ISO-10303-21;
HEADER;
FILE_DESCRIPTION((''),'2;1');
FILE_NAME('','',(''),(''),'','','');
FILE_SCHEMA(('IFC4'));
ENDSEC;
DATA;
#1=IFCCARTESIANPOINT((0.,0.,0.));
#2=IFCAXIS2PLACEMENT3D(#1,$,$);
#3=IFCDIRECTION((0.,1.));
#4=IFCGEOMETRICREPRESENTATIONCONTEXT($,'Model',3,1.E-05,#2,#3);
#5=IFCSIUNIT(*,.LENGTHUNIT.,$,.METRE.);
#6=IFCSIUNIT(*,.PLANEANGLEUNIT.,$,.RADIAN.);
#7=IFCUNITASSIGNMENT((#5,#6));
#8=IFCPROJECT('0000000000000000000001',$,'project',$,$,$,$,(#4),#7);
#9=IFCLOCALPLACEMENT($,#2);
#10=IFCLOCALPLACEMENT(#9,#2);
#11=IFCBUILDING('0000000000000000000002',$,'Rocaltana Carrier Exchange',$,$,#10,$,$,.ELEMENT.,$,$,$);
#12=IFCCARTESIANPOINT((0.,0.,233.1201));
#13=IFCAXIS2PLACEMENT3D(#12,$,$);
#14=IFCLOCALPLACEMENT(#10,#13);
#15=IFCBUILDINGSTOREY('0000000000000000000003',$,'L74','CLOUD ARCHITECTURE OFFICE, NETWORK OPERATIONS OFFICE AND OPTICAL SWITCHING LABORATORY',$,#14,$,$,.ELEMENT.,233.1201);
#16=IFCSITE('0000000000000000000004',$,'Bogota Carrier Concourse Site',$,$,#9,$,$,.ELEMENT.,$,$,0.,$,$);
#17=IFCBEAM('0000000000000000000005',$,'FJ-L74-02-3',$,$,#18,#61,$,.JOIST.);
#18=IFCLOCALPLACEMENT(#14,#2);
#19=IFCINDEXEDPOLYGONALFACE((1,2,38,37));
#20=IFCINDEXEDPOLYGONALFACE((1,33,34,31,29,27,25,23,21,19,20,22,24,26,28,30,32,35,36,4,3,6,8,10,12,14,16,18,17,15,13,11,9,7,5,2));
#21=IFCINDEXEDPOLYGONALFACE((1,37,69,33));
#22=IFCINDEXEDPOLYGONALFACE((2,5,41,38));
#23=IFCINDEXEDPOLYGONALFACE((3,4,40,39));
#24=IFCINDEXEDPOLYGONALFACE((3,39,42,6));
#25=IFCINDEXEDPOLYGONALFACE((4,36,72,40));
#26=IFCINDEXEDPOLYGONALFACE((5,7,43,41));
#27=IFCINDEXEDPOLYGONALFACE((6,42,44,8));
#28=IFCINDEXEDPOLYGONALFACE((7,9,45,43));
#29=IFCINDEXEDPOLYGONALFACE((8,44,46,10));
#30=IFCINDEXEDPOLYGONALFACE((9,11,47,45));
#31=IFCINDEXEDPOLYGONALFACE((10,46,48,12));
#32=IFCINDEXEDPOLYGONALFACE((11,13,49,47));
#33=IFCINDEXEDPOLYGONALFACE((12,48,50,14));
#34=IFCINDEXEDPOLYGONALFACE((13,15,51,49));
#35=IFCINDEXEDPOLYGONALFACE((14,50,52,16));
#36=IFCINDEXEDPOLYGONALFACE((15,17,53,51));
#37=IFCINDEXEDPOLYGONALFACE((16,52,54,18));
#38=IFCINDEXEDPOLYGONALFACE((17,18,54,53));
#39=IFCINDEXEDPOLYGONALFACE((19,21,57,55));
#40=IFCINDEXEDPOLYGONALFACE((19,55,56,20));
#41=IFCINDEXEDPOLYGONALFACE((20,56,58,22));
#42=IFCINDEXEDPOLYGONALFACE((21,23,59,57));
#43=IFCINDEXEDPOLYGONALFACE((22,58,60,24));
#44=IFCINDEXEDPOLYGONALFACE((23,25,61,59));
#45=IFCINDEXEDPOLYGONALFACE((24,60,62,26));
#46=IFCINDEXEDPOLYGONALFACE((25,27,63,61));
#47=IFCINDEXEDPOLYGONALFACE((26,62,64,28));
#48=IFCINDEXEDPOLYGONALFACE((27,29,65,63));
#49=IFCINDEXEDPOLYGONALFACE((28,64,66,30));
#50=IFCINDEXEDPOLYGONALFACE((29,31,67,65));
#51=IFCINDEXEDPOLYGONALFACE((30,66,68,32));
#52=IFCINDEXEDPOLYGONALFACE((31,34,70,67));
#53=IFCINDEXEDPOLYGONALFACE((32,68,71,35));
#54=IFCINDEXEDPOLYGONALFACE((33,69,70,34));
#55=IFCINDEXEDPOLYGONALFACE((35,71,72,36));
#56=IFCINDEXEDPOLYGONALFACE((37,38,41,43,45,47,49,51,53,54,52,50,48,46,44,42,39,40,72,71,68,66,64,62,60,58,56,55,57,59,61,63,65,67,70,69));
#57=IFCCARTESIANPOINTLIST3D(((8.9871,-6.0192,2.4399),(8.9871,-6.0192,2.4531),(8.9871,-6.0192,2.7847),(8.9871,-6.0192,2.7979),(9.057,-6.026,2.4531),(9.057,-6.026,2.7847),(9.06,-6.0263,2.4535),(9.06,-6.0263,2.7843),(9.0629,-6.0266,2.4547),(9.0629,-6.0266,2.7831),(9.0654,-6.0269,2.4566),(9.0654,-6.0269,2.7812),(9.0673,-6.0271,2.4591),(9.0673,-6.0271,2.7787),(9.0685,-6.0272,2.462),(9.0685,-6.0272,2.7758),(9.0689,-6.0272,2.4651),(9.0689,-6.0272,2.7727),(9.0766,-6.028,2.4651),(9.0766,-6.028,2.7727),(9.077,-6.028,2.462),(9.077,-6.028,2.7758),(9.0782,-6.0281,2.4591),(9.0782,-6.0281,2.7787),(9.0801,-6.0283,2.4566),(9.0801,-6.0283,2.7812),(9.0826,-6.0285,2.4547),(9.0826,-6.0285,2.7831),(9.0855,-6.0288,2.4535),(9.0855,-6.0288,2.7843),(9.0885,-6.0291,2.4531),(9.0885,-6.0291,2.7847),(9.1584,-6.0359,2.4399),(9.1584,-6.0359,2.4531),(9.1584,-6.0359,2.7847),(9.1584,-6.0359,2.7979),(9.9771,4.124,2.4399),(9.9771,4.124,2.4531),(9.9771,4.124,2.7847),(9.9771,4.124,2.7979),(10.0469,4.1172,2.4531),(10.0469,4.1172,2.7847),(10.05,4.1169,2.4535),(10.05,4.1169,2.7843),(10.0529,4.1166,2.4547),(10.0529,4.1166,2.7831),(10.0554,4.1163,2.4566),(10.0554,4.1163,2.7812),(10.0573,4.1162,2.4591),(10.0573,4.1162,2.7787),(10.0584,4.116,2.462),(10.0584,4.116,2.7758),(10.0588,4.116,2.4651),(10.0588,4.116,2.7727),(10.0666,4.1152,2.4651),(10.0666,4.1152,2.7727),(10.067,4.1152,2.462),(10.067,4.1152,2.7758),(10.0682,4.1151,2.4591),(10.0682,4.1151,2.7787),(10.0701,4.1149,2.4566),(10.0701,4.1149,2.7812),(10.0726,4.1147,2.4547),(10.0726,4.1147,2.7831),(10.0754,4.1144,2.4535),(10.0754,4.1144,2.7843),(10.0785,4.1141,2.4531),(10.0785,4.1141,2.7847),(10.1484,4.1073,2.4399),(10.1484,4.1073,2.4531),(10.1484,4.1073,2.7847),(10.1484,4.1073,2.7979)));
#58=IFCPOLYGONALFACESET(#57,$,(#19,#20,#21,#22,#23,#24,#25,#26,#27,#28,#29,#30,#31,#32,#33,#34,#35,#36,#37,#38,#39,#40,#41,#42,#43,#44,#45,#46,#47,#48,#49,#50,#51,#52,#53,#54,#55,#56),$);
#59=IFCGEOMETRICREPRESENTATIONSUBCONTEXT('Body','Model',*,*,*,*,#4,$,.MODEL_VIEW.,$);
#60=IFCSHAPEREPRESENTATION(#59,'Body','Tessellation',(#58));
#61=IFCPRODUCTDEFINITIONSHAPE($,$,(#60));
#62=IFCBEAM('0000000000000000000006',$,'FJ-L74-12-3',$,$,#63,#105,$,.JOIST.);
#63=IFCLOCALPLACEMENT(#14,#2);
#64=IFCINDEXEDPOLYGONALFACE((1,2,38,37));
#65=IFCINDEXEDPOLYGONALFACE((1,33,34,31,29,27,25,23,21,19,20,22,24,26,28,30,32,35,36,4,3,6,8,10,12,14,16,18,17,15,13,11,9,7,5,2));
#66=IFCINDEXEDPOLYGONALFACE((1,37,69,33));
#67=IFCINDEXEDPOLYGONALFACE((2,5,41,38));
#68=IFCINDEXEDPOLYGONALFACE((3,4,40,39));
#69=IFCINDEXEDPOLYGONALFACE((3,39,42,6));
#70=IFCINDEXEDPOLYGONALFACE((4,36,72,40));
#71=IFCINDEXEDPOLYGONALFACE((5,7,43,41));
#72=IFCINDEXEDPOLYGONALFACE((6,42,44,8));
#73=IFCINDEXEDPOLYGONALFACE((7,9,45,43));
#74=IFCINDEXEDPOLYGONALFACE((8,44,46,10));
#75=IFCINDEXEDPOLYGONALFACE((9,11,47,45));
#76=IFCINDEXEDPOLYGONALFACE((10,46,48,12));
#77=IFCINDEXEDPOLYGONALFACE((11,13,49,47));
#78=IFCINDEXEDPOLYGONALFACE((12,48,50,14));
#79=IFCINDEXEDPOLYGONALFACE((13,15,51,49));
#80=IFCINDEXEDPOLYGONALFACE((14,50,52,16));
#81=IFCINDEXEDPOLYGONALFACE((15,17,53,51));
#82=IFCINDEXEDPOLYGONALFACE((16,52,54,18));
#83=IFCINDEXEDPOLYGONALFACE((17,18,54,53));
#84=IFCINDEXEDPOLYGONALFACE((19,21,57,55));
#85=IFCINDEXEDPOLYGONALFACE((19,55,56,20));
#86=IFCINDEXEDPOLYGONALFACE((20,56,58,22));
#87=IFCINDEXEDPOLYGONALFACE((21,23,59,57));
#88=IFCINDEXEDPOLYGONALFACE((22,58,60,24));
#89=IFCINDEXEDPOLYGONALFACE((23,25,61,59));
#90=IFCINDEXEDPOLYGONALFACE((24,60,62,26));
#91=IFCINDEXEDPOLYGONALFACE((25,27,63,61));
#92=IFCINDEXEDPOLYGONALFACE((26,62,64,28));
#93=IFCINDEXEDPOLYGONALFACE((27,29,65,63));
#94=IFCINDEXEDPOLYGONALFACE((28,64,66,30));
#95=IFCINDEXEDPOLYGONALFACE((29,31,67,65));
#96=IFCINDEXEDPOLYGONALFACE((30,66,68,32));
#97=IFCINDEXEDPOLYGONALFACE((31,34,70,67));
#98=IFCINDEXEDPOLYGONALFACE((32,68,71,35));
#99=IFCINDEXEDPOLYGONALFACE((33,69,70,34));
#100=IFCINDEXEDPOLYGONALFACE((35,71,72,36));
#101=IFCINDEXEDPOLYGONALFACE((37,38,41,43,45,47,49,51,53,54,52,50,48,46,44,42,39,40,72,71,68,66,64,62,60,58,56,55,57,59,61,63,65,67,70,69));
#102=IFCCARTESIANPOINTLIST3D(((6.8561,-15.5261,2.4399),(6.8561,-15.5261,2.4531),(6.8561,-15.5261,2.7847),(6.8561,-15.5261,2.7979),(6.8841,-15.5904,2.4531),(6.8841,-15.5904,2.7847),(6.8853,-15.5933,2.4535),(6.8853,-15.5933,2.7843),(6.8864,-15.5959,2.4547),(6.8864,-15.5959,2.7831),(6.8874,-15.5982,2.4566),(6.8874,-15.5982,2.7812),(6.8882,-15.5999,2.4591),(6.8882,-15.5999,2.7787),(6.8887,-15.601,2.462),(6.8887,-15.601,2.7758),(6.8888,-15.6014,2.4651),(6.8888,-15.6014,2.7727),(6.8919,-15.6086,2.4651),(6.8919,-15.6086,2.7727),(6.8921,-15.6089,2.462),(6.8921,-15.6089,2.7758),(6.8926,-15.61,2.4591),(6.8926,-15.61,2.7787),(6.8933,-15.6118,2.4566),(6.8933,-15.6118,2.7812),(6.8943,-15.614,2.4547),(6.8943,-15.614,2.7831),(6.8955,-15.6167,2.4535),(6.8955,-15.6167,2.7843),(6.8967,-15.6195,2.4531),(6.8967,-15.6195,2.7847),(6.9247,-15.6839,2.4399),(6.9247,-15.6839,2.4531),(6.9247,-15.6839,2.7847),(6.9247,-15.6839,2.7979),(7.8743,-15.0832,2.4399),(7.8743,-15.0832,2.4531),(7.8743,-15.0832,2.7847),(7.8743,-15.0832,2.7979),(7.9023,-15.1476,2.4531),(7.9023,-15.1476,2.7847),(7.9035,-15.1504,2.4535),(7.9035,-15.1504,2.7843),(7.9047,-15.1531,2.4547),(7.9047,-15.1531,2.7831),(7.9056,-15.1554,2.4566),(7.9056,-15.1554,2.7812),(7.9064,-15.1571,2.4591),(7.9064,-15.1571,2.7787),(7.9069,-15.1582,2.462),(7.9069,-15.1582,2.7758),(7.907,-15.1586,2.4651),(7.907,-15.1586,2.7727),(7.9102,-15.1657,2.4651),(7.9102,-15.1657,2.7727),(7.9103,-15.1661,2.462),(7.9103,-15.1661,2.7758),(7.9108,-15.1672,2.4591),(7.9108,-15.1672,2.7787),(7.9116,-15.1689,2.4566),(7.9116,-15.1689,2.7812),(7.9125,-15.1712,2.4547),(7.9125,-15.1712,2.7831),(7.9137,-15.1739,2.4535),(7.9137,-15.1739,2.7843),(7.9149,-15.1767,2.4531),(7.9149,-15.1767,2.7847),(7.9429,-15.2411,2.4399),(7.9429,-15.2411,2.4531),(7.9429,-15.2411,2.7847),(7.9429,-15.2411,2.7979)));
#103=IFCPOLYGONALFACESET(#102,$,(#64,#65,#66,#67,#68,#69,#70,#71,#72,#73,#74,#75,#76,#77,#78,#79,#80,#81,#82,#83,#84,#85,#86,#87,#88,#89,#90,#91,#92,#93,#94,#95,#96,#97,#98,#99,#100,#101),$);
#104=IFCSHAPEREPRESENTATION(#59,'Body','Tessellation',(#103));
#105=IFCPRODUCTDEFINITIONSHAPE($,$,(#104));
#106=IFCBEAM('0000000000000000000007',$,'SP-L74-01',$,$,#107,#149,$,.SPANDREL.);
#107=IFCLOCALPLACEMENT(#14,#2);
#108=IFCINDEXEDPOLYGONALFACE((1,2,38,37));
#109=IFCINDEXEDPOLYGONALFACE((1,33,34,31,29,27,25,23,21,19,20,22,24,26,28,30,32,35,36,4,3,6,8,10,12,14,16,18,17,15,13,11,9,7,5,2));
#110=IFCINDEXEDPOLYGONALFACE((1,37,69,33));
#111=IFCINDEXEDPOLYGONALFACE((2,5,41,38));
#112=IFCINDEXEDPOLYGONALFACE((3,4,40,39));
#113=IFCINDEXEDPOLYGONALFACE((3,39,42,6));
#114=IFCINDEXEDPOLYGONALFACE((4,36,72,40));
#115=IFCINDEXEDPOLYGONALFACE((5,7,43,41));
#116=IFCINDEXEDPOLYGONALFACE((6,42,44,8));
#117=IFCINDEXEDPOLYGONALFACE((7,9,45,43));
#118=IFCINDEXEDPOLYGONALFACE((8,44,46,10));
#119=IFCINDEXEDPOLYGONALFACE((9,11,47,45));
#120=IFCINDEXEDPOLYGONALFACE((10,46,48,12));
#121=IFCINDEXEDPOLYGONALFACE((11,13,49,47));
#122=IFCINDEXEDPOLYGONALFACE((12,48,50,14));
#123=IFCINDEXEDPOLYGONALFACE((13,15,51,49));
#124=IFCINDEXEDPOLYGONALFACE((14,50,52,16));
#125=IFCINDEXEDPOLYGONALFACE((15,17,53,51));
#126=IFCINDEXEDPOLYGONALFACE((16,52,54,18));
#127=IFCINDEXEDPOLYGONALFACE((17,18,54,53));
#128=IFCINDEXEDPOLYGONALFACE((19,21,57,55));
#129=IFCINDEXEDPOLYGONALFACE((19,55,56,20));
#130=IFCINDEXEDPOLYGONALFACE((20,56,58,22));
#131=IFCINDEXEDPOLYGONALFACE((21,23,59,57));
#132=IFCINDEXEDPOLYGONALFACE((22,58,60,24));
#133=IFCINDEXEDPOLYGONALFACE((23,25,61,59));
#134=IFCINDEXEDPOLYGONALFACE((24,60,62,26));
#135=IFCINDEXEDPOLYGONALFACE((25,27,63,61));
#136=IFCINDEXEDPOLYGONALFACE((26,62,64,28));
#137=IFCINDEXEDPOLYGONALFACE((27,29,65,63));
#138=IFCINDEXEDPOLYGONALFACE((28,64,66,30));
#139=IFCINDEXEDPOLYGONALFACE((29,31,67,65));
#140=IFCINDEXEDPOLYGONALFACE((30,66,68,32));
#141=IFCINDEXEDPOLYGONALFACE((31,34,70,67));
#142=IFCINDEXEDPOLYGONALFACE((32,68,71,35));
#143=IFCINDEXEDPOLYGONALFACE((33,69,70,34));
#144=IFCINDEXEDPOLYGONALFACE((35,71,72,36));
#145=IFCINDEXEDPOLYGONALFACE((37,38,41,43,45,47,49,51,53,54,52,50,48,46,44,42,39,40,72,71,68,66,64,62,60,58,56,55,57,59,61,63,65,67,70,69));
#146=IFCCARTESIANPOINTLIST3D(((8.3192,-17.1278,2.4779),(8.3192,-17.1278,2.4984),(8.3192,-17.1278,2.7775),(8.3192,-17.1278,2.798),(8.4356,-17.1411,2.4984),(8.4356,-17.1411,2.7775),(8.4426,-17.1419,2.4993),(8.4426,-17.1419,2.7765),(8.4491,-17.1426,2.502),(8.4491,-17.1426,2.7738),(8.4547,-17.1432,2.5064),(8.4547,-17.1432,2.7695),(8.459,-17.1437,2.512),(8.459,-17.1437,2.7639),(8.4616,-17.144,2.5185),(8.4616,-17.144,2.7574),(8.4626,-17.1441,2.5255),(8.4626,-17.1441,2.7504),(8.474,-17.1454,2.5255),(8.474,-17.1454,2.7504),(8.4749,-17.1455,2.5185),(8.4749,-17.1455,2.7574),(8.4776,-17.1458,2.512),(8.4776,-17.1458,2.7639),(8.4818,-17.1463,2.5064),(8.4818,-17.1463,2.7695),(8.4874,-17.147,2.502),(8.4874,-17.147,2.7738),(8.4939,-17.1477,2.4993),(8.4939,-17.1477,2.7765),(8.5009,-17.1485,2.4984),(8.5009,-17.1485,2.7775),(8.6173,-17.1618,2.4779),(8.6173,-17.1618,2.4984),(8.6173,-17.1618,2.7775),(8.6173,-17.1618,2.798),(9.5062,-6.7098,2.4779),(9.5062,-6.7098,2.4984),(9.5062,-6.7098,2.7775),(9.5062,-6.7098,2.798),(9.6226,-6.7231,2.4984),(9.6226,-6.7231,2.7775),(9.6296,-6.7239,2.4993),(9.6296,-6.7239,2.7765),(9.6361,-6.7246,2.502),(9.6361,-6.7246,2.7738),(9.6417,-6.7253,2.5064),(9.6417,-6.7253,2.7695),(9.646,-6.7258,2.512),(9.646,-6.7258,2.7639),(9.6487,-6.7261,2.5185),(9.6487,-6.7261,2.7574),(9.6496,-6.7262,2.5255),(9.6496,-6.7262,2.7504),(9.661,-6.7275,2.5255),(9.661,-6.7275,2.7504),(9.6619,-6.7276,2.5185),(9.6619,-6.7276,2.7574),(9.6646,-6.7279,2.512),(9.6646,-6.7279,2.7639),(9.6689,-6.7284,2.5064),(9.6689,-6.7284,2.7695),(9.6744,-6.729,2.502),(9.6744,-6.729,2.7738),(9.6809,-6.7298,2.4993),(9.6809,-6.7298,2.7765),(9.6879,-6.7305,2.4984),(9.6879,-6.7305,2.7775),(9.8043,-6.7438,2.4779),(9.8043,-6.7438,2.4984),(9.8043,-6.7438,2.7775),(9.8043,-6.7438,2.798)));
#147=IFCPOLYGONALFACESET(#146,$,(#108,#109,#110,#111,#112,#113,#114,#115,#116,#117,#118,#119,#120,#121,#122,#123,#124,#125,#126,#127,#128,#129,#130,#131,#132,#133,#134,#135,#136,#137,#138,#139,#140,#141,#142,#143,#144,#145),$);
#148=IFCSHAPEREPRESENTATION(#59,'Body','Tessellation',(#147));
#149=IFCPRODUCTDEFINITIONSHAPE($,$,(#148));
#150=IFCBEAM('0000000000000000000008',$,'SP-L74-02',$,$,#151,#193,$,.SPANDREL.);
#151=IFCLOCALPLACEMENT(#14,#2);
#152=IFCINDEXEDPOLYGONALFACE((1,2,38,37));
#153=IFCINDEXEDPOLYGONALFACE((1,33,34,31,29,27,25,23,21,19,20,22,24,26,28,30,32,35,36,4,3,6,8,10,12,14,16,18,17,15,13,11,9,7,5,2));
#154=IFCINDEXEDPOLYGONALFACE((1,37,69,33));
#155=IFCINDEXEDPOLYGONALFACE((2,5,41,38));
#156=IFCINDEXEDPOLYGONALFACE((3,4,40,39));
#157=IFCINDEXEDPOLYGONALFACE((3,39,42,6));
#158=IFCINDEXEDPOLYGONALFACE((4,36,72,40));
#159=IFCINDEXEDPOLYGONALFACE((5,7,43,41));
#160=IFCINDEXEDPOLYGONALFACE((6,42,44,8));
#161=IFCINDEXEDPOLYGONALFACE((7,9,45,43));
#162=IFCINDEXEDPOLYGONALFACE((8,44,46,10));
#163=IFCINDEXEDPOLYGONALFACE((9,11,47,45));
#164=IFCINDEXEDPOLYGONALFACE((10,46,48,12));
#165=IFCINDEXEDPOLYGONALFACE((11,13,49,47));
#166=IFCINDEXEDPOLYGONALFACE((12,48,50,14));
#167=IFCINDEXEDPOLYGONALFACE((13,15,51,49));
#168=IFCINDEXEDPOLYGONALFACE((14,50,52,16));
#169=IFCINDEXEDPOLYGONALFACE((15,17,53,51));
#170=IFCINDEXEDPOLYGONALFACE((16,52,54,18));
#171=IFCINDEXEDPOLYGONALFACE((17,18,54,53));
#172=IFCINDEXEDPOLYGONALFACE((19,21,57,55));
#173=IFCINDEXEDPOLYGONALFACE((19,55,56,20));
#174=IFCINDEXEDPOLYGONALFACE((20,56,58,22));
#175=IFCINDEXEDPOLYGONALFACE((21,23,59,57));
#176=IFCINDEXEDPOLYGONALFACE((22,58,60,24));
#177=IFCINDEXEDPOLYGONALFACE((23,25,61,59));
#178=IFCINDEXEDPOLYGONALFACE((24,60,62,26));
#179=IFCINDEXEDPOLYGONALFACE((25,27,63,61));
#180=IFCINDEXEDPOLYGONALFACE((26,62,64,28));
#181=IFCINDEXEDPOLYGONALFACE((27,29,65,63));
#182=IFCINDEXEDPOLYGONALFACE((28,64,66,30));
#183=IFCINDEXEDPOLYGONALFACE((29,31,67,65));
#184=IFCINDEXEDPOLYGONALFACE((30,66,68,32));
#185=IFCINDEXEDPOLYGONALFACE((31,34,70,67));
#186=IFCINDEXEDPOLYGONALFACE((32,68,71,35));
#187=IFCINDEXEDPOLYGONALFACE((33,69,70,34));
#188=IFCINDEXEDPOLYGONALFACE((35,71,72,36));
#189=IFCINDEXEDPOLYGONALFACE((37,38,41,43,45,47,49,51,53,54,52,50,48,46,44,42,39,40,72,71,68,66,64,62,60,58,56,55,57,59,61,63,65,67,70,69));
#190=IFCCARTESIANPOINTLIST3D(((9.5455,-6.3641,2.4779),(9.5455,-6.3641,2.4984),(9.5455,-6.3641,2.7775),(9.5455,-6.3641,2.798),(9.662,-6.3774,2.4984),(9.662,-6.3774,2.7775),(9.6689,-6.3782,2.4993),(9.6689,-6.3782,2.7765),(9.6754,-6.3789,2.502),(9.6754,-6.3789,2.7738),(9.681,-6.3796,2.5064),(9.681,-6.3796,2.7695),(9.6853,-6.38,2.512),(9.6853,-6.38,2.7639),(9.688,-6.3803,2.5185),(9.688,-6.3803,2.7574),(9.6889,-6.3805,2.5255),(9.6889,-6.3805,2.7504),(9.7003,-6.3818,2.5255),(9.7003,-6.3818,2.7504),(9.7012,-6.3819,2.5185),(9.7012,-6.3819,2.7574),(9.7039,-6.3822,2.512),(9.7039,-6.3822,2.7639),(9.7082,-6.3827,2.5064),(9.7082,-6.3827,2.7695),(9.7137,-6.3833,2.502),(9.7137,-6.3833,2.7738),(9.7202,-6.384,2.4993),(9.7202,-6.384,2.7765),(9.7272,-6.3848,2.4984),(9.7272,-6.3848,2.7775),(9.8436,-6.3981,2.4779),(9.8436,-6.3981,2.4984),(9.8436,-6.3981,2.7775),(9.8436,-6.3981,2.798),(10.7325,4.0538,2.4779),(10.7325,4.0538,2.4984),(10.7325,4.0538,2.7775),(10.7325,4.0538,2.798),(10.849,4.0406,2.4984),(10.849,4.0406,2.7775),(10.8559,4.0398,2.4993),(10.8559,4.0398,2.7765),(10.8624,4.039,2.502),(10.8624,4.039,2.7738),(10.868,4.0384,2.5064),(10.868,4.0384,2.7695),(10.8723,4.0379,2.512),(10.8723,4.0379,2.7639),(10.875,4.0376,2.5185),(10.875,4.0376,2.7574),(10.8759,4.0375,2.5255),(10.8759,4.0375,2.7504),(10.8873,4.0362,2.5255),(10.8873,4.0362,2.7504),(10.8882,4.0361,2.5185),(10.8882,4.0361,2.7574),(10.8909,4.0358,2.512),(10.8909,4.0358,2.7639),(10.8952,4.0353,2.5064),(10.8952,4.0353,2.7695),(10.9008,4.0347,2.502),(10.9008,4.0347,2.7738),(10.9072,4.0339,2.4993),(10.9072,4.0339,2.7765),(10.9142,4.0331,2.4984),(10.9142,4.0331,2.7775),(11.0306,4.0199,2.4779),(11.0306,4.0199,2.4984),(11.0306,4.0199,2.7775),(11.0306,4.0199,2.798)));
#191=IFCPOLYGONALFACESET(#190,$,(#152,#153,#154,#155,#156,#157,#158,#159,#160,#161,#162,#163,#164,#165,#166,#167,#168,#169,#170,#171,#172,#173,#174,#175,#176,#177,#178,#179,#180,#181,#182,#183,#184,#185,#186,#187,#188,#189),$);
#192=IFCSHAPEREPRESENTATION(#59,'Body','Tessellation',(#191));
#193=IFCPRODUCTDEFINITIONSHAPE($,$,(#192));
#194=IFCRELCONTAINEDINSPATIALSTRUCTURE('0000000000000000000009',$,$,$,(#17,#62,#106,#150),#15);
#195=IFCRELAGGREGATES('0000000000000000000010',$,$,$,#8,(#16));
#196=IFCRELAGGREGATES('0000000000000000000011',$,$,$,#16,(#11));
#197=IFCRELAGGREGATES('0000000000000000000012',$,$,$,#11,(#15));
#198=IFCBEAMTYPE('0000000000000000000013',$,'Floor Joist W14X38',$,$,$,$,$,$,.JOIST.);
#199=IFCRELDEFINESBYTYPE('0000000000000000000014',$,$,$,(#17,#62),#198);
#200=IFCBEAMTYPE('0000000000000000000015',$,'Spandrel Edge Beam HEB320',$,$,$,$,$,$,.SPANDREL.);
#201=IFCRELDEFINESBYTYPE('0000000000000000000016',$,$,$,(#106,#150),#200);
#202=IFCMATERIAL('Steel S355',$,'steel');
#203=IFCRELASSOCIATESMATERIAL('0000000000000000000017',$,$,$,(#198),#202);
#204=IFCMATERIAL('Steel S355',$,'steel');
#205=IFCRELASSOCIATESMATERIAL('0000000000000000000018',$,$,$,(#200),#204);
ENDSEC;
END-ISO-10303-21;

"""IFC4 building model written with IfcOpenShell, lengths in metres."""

from ifc_helpers import new_model, si_unit, direction, frame, origin, origin_2d, place, context, subcontext, project, spatial, i_section, extrude, material, material_profile, profile_set, type_object, element, save


model = new_model("IFC4")

# Units and contexts
model_context = context("Model", 3, precision=1e-05, world=origin(), true_north=direction((0.0, 1.0)))
body_context = subcontext(model_context, "Body", "Model", "MODEL_VIEW")
ifc_project = project(units=[si_unit("LENGTHUNIT", "METRE"), si_unit("PLANEANGLEUNIT", "RADIAN")], contexts=[model_context])

# Site, building, storey
site_placement = place(None, origin())
site = spatial("IfcSite", under=ifc_project, at=site_placement, Name="Bogota Carrier Concourse Site", CompositionType="ELEMENT", RefElevation=0.0)
building_placement = place(site_placement, origin())
building = spatial("IfcBuilding", under=site, at=building_placement, Name="Rocaltana Carrier Exchange", CompositionType="ELEMENT")
storey_placement = place(building_placement, frame((0.0, 0.0, 233.1201)))
storey = spatial("IfcBuildingStorey", under=building, at=storey_placement, Name="L74", Description="CLOUD ARCHITECTURE OFFICE, NETWORK OPERATIONS OFFICE AND OPTICAL SWITCHING LABORATORY", CompositionType="ELEMENT", Elevation=233.1201)

# Beams
ifc_material_1 = material(Name="Steel S355", Category="steel")
ifc_material_profile_1 = material_profile(ifc_material_1, i_section(OverallWidth=0.1721, OverallDepth=0.3579, WebThickness=0.0078, FlangeThickness=0.0132, FilletRadius=0.012, at=origin_2d()), Name="W14X38")
ifc_profile_set_1 = profile_set([ifc_material_profile_1], Name="Steel S355")
beam_type_1 = type_object("IfcBeamType", Name="Floor Joist W14X38", PredefinedType="JOIST", material=ifc_profile_set_1)
beam_1_placement = place(storey_placement, frame((9.0728, -6.0276, 2.6189), z_axis=(0.097139, 0.995271, 0.0), x_axis=(-0.995271, 0.097139, 0.0)))
element("IfcBeam", 1, at=beam_1_placement, inside=storey, type_object=beam_type_1, Name="FJ-L74-02-3", PredefinedType="JOIST", context=body_context, shape_type="SweptSolid", body=[
    extrude(i_section(OverallWidth=0.1721, OverallDepth=0.3579, WebThickness=0.0078, FlangeThickness=0.0132, FilletRadius=0.012, at=origin_2d()), origin(), (0.0, 0.0, 1.0), 10.1914),
])
beam_2_placement = place(storey_placement, frame((6.8904, -15.605, 2.6189), z_axis=(0.917028, 0.398823, 0.0), x_axis=(-0.398823, 0.917028, 0.0)))
element("IfcBeam", 2, at=beam_2_placement, inside=storey, type_object=beam_type_1, Name="FJ-L74-12-3", PredefinedType="JOIST", context=body_context, shape_type="SweptSolid", body=[
    extrude(i_section(OverallWidth=0.1721, OverallDepth=0.3579, WebThickness=0.0078, FlangeThickness=0.0132, FilletRadius=0.012, at=origin_2d()), origin(), (0.0, 0.0, 1.0), 1.1104),
])
ifc_material_2 = material(Name="Steel S355", Category="steel")
ifc_material_profile_2 = material_profile(ifc_material_2, i_section(OverallWidth=0.3, OverallDepth=0.3201, WebThickness=0.0115, FlangeThickness=0.0205, FilletRadius=0.0271, at=origin_2d()), Name="HEB320")
ifc_profile_set_2 = profile_set([ifc_material_profile_2], Name="Steel S355")
beam_type_2 = type_object("IfcBeamType", Name="Spandrel Edge Beam HEB320", PredefinedType="SPANDREL", material=ifc_profile_set_2)
for number, where, z_axis, x_axis, name in (
    (3, (8.4683, -17.1448, 2.6379), (0.113206, 0.993571, 0.0), (-0.993571, 0.113206, 0.0), "SP-L74-01"),
    (4, (9.6946, -6.3811, 2.6379), (0.113206, 0.993571, 0.0), (-0.993571, 0.113206, 0.0), "SP-L74-02"),
):
    element("IfcBeam", number, at=place(storey_placement, frame(where, z_axis=z_axis, x_axis=x_axis)), inside=storey, type_object=beam_type_2, Name=name, PredefinedType="SPANDREL", context=body_context, shape_type="SweptSolid", body=[
        extrude(i_section(OverallWidth=0.3, OverallDepth=0.3201, WebThickness=0.0115, FlangeThickness=0.0205, FilletRadius=0.0271, at=origin_2d()), origin(), (0.0, 0.0, 1.0), 10.4854),
    ])

save(model, "model.ifc")
